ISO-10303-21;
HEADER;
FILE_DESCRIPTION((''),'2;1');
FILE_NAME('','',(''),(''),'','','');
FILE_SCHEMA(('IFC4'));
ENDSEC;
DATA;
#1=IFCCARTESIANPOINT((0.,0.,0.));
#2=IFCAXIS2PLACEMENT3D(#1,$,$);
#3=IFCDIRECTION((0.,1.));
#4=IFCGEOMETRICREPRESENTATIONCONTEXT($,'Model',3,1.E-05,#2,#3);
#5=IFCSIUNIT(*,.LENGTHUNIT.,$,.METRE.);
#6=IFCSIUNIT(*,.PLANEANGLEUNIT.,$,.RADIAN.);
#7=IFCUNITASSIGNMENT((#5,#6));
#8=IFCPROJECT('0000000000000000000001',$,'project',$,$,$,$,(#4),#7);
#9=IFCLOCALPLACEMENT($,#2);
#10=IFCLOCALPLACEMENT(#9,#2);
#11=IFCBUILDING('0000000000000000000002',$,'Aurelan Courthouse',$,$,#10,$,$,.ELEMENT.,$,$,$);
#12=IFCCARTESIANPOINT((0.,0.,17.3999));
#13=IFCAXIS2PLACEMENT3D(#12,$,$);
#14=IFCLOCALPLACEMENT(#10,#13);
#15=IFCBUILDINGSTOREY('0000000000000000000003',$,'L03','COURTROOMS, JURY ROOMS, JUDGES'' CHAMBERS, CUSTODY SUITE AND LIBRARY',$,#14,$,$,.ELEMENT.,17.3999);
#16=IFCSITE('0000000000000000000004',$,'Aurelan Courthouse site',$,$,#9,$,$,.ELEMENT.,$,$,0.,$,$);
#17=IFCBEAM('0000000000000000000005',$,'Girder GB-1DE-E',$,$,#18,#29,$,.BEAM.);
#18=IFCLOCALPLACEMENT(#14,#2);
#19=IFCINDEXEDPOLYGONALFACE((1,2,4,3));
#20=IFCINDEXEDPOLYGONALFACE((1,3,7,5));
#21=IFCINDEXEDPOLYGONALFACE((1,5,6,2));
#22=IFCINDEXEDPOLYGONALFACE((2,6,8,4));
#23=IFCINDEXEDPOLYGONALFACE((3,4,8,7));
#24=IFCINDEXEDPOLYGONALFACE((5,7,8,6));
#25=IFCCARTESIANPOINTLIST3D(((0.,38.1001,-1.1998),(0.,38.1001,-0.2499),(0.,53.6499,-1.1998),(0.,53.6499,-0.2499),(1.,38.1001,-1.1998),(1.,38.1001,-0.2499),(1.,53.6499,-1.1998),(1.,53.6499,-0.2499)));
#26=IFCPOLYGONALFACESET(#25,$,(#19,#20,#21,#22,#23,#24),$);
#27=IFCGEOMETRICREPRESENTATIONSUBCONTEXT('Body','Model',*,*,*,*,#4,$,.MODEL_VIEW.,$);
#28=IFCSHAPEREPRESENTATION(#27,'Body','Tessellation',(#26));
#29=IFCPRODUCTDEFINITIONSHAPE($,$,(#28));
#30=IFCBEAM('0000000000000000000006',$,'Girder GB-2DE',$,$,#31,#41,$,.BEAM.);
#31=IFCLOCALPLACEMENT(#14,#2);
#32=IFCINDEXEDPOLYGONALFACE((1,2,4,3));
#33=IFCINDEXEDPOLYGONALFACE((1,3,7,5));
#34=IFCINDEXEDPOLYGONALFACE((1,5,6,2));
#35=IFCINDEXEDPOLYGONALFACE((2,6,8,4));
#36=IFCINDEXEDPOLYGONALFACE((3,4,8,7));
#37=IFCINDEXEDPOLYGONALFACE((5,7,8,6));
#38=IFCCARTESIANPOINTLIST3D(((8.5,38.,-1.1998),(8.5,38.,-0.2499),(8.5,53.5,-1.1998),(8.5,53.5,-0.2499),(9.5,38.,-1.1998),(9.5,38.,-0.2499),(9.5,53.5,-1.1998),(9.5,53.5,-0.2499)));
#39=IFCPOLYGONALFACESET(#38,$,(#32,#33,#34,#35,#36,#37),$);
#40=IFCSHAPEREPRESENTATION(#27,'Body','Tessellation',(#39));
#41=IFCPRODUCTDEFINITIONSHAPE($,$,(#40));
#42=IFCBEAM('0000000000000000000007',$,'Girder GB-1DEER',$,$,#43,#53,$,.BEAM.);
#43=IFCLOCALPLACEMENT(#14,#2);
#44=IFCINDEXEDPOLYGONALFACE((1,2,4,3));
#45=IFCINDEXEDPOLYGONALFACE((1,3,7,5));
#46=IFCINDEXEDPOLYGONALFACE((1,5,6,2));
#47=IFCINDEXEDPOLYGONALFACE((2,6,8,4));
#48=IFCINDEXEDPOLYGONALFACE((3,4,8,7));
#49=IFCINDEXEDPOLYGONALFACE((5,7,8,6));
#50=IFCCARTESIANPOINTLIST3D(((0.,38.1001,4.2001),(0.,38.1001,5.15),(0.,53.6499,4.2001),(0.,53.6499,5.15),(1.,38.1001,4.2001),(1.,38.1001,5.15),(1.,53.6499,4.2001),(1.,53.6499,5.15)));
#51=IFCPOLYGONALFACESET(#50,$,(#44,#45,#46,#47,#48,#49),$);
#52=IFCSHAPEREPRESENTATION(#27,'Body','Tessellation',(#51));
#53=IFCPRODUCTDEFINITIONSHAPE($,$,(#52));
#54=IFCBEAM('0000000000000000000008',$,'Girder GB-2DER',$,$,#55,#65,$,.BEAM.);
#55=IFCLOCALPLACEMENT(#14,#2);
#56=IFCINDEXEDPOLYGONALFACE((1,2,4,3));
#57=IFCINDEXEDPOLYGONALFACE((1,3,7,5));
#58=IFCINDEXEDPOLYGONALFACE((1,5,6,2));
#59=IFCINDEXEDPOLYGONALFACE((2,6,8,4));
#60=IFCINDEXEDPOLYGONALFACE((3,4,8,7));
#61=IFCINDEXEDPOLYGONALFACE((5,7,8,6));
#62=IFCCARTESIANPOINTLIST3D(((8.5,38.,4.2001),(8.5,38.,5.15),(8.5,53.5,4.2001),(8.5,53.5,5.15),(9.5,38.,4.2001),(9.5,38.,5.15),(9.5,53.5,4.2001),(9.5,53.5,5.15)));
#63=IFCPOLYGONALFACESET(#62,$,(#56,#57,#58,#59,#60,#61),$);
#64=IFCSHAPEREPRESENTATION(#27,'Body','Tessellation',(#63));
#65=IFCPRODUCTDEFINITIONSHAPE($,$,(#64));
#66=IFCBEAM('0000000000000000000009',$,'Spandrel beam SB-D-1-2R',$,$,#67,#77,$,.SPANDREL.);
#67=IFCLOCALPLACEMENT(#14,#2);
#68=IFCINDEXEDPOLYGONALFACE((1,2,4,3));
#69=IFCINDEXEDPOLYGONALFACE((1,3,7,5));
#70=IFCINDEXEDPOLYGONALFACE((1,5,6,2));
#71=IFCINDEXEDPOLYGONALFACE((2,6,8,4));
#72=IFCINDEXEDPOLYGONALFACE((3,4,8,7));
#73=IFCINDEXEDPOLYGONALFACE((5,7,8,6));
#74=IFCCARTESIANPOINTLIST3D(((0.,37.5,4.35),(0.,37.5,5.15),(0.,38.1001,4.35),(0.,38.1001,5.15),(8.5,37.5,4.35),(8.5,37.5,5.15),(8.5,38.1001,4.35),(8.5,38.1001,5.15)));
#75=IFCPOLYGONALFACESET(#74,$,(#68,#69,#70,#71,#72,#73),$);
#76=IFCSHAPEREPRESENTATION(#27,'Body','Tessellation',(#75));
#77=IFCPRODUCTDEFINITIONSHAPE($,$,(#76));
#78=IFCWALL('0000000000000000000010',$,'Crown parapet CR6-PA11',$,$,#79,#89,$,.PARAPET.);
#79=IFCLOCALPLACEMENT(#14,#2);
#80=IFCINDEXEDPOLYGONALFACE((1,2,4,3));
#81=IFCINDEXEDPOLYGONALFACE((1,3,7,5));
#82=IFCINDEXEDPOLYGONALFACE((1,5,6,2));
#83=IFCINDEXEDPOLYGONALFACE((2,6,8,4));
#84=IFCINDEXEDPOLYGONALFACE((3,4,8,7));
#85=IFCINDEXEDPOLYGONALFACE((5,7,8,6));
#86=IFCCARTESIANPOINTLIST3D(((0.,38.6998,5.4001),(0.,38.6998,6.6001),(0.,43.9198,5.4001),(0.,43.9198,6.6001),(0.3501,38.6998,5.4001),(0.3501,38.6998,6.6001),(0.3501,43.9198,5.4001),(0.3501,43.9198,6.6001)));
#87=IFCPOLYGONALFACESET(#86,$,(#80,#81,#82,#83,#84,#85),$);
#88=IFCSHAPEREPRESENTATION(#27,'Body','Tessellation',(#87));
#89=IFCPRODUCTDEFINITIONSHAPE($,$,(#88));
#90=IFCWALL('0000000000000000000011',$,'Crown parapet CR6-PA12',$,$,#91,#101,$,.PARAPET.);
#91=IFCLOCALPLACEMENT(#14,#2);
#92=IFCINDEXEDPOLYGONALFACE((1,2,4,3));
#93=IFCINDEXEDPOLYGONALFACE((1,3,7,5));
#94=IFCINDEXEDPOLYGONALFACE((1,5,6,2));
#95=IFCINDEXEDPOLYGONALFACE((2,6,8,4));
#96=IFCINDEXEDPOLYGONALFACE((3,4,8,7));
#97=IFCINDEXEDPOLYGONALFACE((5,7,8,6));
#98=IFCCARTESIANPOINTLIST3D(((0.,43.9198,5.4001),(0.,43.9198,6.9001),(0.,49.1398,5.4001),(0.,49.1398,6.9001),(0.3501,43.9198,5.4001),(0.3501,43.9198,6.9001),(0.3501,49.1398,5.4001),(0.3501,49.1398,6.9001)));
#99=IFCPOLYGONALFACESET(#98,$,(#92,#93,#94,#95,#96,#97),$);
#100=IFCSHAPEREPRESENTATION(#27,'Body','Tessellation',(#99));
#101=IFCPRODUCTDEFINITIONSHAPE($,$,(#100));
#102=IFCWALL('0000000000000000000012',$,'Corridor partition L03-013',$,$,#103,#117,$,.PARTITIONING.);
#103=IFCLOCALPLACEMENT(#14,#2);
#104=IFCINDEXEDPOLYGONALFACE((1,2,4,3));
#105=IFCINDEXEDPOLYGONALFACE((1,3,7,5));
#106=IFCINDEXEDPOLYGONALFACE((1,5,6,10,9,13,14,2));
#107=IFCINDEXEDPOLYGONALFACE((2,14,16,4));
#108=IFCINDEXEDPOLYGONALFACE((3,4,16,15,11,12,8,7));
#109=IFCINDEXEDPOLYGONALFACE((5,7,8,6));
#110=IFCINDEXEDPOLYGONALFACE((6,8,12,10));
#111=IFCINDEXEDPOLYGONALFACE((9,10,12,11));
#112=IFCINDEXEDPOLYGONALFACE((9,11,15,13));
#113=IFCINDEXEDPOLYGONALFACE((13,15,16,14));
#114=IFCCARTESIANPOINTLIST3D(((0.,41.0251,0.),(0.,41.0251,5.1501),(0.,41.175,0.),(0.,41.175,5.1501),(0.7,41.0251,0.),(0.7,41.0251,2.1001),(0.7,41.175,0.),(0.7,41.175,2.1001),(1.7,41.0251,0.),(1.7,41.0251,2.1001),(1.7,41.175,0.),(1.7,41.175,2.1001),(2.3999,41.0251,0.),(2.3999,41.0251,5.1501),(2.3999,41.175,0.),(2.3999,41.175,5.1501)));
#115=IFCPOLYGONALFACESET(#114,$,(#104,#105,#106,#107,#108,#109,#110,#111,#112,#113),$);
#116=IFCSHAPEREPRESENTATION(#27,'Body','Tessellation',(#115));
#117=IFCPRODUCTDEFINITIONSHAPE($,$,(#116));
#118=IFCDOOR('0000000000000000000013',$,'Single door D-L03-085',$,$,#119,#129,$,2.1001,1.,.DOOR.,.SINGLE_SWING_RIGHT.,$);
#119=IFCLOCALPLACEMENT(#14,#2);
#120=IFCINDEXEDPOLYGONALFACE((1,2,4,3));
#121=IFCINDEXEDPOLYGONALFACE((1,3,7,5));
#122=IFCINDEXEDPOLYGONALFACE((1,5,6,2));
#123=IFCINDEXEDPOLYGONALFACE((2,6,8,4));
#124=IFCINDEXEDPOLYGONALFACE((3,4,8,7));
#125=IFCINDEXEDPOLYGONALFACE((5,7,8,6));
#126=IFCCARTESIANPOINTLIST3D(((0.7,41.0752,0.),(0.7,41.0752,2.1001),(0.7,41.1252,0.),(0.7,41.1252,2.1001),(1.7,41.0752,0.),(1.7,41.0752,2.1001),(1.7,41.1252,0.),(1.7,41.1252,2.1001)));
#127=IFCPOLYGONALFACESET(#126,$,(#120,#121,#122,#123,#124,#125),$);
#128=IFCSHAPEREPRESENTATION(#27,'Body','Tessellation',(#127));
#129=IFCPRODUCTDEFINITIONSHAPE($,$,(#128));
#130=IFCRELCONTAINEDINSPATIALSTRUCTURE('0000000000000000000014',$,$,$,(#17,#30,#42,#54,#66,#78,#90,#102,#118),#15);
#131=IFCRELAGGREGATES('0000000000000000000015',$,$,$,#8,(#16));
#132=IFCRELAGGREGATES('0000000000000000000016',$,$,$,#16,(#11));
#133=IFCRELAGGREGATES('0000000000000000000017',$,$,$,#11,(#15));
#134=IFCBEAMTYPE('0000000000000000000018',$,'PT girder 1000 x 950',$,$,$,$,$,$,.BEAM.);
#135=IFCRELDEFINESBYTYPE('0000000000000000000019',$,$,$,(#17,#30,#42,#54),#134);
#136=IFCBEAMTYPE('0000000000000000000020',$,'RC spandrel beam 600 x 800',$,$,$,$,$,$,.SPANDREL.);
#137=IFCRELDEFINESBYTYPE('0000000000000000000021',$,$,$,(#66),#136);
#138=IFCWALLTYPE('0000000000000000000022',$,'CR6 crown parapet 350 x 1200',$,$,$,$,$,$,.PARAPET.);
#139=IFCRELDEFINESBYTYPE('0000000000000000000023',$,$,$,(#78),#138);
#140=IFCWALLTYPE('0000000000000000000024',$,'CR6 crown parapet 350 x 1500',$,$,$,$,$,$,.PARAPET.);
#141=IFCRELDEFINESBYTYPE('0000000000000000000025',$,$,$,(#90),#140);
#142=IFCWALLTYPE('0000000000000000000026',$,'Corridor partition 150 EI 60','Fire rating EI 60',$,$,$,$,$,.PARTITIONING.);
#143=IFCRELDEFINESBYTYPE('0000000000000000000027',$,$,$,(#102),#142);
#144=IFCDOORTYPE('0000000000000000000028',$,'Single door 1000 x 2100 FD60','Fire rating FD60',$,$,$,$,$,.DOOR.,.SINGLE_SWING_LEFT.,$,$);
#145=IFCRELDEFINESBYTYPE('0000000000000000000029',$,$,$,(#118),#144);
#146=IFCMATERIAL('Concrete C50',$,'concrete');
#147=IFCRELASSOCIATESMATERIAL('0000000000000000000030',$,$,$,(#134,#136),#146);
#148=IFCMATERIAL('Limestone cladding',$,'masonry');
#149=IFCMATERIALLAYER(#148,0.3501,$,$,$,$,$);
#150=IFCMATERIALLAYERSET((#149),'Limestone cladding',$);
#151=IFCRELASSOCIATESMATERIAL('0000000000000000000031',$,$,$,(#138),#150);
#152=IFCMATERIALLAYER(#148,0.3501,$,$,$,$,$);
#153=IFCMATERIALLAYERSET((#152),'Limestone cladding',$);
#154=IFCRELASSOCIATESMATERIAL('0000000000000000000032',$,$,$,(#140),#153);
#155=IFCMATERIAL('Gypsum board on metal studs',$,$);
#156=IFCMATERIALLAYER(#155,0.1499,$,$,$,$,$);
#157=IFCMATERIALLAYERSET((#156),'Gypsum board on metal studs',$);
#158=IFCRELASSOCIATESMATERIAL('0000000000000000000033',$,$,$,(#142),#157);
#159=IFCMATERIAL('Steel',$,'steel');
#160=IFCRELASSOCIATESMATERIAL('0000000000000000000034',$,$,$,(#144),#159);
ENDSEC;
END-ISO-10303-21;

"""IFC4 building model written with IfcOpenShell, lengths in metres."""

from ifc_helpers import new_model, si_unit, direction, frame, frame_2d, origin, origin_2d, place, context, subcontext, project, spatial, rectangle, extrude, material, layer, layer_set, material_profile, profile_set, type_object, element, fill, save


model = new_model("IFC4")

# Units and contexts
model_context = context("Model", 3, precision=1e-05, world=origin(), true_north=direction((0.0, 1.0)))
body_context = subcontext(model_context, "Body", "Model", "MODEL_VIEW")
ifc_project = project(units=[si_unit("LENGTHUNIT", "METRE"), si_unit("PLANEANGLEUNIT", "RADIAN")], contexts=[model_context])

# Site, building, storey
site_placement = place(None, origin())
site = spatial("IfcSite", under=ifc_project, at=site_placement, Name="Aurelan Courthouse site", CompositionType="ELEMENT", RefElevation=0.0)
building_placement = place(site_placement, origin())
building = spatial("IfcBuilding", under=site, at=building_placement, Name="Aurelan Courthouse", CompositionType="ELEMENT")
storey_placement = place(building_placement, frame((0.0, 0.0, 17.3999)))
storey = spatial("IfcBuildingStorey", under=building, at=storey_placement, Name="L03", Description="COURTROOMS, JURY ROOMS, JUDGES' CHAMBERS, CUSTODY SUITE AND LIBRARY", CompositionType="ELEMENT", Elevation=17.3999)

# Beams
ifc_material_1 = material(Name="Concrete C50", Category="concrete")
ifc_material_profile_1 = material_profile(ifc_material_1, rectangle(XDim=1.0, YDim=0.95, at=origin_2d()), Name="RC 1000 x 950")
ifc_profile_set_1 = profile_set([ifc_material_profile_1], Name="Concrete C50")
beam_type_1 = type_object("IfcBeamType", Name="PT girder 1000 x 950", PredefinedType="BEAM", material=ifc_profile_set_1)
beam_1_placement = place(storey_placement, frame((0.5, 38.1001, -0.7249), z_axis=(0.0, 1.0, 0.0), x_axis=(-1.0, 0.0, 0.0)))
element("IfcBeam", 1, at=beam_1_placement, inside=storey, type_object=beam_type_1, Name="Girder GB-1DE-E", PredefinedType="BEAM", context=body_context, shape_type="SweptSolid", body=[
    extrude(rectangle(XDim=1.0, YDim=0.95, at=origin_2d()), origin(), (0.0, 0.0, 1.0), 15.5498),
])
beam_2_placement = place(storey_placement, frame((9.0, 38.0, -0.7249), z_axis=(0.0, 1.0, 0.0), x_axis=(-1.0, 0.0, 0.0)))
element("IfcBeam", 2, at=beam_2_placement, inside=storey, type_object=beam_type_1, Name="Girder GB-2DE", PredefinedType="BEAM", context=body_context, shape_type="SweptSolid", body=[
    extrude(rectangle(XDim=1.0, YDim=0.95, at=origin_2d()), origin(), (0.0, 0.0, 1.0), 15.5),
])
beam_3_placement = place(storey_placement, frame((0.5, 38.1001, 4.675), z_axis=(0.0, 1.0, 0.0), x_axis=(-1.0, 0.0, 0.0)))
element("IfcBeam", 3, at=beam_3_placement, inside=storey, type_object=beam_type_1, Name="Girder GB-1DEER", PredefinedType="BEAM", context=body_context, shape_type="SweptSolid", body=[
    extrude(rectangle(XDim=1.0, YDim=0.95, at=origin_2d()), origin(), (0.0, 0.0, 1.0), 15.5498),
])
beam_4_placement = place(storey_placement, frame((9.0, 38.0, 4.675), z_axis=(0.0, 1.0, 0.0), x_axis=(-1.0, 0.0, 0.0)))
element("IfcBeam", 4, at=beam_4_placement, inside=storey, type_object=beam_type_1, Name="Girder GB-2DER", PredefinedType="BEAM", context=body_context, shape_type="SweptSolid", body=[
    extrude(rectangle(XDim=1.0, YDim=0.95, at=origin_2d()), origin(), (0.0, 0.0, 1.0), 15.5),
])
ifc_material_profile_2 = material_profile(ifc_material_1, rectangle(XDim=0.6001, YDim=0.8, at=origin_2d()), Name="RC 600 x 800")
ifc_profile_set_2 = profile_set([ifc_material_profile_2], Name="Concrete C50")
beam_type_2 = type_object("IfcBeamType", Name="RC spandrel beam 600 x 800", PredefinedType="SPANDREL", material=ifc_profile_set_2)
beam_5_placement = place(storey_placement, frame((0.0, 37.8, 4.75), z_axis=(1.0, 0.0, 0.0), x_axis=(0.0, 1.0, 0.0)))
element("IfcBeam", 5, at=beam_5_placement, inside=storey, type_object=beam_type_2, Name="Spandrel beam SB-D-1-2R", PredefinedType="SPANDREL", context=body_context, shape_type="SweptSolid", body=[
    extrude(rectangle(XDim=0.6001, YDim=0.8, at=origin_2d()), origin(), (0.0, 0.0, 1.0), 8.5),
])

# Walls
ifc_material_2 = material(Name="Limestone cladding", Category="masonry")
ifc_layer_1 = layer(ifc_material_2, 0.3501)
ifc_layer_set_1 = layer_set([ifc_layer_1], Name="Limestone cladding")
wall_type_1 = type_object("IfcWallType", Name="CR6 crown parapet 350 x 1200", PredefinedType="PARAPET", material=ifc_layer_set_1)
wall_1_placement = place(storey_placement, frame((0.175, 38.7, 5.4001), z_axis=(0.0, 0.0, 1.0), x_axis=(0.0, 1.0, 0.0)))
element("IfcWall", 6, at=wall_1_placement, inside=storey, type_object=wall_type_1, Name="Crown parapet CR6-PA11", PredefinedType="PARAPET", context=body_context, shape_type="SweptSolid", body=[
    extrude(rectangle(XDim=5.22, YDim=0.3501, at=frame_2d((2.6099, 0.0))), origin(), (0.0, 0.0, 1.0), 1.2),
])
ifc_layer_2 = layer(ifc_material_2, 0.3501)
ifc_layer_set_2 = layer_set([ifc_layer_2], Name="Limestone cladding")
wall_type_2 = type_object("IfcWallType", Name="CR6 crown parapet 350 x 1500", PredefinedType="PARAPET", material=ifc_layer_set_2)
wall_2_placement = place(storey_placement, frame((0.175, 43.9199, 5.4001), z_axis=(0.0, 0.0, 1.0), x_axis=(0.0, 1.0, 0.0)))
element("IfcWall", 7, at=wall_2_placement, inside=storey, type_object=wall_type_2, Name="Crown parapet CR6-PA12", PredefinedType="PARAPET", context=body_context, shape_type="SweptSolid", body=[
    extrude(rectangle(XDim=5.22, YDim=0.3501, at=frame_2d((2.6099, 0.0))), origin(), (0.0, 0.0, 1.0), 1.5),
])

# Wall, opening, door
ifc_material_3 = material(Name="Gypsum board on metal studs")
ifc_layer_3 = layer(ifc_material_3, 0.1499)
ifc_layer_set_3 = layer_set([ifc_layer_3], Name="Gypsum board on metal studs")
wall_type_3 = type_object("IfcWallType", Name="Corridor partition 150 EI 60", Description="Fire rating EI 60", PredefinedType="PARTITIONING", material=ifc_layer_set_3)
wall_3_placement = place(storey_placement, frame((0.0, 41.1001, 0.0), z_axis=(0.0, 0.0, 1.0), x_axis=(1.0, 0.0, 0.0)))
wall_3 = element("IfcWall", 8, at=wall_3_placement, inside=storey, type_object=wall_type_3, Name="Corridor partition L03-013", PredefinedType="PARTITIONING", context=body_context, shape_type="SweptSolid", body=[
    extrude(rectangle(XDim=2.3999, YDim=0.1499, at=frame_2d((1.2, 0.0))), origin(), (0.0, 0.0, 1.0), 5.1501),
])
opening_1_placement = place(wall_3_placement, frame((1.7, 0.0, 0.0), z_axis=(0.0, 0.0, 1.0), x_axis=(-1.0, 0.0, 0.0)))
opening_1 = element("IfcOpeningElement", 9, at=opening_1_placement, cuts=wall_3, PredefinedType="OPENING", context=body_context, shape_type="SweptSolid", body=[
    extrude(rectangle(XDim=1.0, YDim=2.1001, at=frame_2d((0.5, 1.05))), frame((0.0, 0.085, 0.0), z_axis=(0.0, -1.0, 0.0), x_axis=(1.0, 0.0, 0.0)), (0.0, 0.0, 1.0), 0.1699),
])
ifc_material_4 = material(Name="Steel", Category="steel")
door_type_1 = type_object("IfcDoorType", Name="Single door 1000 x 2100 FD60", Description="Fire rating FD60", OperationType="SINGLE_SWING_LEFT", PredefinedType="DOOR", material=ifc_material_4)
door_1_placement = place(opening_1_placement, origin())
door_1 = element("IfcDoor", 10, at=door_1_placement, inside=storey, type_object=door_type_1, Name="Single door D-L03-085", OperationType="SINGLE_SWING_RIGHT", OverallHeight=2.1001, OverallWidth=1.0, PredefinedType="DOOR", context=body_context, shape_type="SweptSolid", body=[
    extrude(rectangle(XDim=1.0, YDim=2.1001, at=frame_2d((0.5, 1.05))), frame((0.0, 0.0249, 0.0), z_axis=(0.0, -1.0, 0.0), x_axis=(1.0, 0.0, 0.0)), (0.0, 0.0, 1.0), 0.05),
])
fill(opening_1, door_1)

save(model, "model.ifc")
